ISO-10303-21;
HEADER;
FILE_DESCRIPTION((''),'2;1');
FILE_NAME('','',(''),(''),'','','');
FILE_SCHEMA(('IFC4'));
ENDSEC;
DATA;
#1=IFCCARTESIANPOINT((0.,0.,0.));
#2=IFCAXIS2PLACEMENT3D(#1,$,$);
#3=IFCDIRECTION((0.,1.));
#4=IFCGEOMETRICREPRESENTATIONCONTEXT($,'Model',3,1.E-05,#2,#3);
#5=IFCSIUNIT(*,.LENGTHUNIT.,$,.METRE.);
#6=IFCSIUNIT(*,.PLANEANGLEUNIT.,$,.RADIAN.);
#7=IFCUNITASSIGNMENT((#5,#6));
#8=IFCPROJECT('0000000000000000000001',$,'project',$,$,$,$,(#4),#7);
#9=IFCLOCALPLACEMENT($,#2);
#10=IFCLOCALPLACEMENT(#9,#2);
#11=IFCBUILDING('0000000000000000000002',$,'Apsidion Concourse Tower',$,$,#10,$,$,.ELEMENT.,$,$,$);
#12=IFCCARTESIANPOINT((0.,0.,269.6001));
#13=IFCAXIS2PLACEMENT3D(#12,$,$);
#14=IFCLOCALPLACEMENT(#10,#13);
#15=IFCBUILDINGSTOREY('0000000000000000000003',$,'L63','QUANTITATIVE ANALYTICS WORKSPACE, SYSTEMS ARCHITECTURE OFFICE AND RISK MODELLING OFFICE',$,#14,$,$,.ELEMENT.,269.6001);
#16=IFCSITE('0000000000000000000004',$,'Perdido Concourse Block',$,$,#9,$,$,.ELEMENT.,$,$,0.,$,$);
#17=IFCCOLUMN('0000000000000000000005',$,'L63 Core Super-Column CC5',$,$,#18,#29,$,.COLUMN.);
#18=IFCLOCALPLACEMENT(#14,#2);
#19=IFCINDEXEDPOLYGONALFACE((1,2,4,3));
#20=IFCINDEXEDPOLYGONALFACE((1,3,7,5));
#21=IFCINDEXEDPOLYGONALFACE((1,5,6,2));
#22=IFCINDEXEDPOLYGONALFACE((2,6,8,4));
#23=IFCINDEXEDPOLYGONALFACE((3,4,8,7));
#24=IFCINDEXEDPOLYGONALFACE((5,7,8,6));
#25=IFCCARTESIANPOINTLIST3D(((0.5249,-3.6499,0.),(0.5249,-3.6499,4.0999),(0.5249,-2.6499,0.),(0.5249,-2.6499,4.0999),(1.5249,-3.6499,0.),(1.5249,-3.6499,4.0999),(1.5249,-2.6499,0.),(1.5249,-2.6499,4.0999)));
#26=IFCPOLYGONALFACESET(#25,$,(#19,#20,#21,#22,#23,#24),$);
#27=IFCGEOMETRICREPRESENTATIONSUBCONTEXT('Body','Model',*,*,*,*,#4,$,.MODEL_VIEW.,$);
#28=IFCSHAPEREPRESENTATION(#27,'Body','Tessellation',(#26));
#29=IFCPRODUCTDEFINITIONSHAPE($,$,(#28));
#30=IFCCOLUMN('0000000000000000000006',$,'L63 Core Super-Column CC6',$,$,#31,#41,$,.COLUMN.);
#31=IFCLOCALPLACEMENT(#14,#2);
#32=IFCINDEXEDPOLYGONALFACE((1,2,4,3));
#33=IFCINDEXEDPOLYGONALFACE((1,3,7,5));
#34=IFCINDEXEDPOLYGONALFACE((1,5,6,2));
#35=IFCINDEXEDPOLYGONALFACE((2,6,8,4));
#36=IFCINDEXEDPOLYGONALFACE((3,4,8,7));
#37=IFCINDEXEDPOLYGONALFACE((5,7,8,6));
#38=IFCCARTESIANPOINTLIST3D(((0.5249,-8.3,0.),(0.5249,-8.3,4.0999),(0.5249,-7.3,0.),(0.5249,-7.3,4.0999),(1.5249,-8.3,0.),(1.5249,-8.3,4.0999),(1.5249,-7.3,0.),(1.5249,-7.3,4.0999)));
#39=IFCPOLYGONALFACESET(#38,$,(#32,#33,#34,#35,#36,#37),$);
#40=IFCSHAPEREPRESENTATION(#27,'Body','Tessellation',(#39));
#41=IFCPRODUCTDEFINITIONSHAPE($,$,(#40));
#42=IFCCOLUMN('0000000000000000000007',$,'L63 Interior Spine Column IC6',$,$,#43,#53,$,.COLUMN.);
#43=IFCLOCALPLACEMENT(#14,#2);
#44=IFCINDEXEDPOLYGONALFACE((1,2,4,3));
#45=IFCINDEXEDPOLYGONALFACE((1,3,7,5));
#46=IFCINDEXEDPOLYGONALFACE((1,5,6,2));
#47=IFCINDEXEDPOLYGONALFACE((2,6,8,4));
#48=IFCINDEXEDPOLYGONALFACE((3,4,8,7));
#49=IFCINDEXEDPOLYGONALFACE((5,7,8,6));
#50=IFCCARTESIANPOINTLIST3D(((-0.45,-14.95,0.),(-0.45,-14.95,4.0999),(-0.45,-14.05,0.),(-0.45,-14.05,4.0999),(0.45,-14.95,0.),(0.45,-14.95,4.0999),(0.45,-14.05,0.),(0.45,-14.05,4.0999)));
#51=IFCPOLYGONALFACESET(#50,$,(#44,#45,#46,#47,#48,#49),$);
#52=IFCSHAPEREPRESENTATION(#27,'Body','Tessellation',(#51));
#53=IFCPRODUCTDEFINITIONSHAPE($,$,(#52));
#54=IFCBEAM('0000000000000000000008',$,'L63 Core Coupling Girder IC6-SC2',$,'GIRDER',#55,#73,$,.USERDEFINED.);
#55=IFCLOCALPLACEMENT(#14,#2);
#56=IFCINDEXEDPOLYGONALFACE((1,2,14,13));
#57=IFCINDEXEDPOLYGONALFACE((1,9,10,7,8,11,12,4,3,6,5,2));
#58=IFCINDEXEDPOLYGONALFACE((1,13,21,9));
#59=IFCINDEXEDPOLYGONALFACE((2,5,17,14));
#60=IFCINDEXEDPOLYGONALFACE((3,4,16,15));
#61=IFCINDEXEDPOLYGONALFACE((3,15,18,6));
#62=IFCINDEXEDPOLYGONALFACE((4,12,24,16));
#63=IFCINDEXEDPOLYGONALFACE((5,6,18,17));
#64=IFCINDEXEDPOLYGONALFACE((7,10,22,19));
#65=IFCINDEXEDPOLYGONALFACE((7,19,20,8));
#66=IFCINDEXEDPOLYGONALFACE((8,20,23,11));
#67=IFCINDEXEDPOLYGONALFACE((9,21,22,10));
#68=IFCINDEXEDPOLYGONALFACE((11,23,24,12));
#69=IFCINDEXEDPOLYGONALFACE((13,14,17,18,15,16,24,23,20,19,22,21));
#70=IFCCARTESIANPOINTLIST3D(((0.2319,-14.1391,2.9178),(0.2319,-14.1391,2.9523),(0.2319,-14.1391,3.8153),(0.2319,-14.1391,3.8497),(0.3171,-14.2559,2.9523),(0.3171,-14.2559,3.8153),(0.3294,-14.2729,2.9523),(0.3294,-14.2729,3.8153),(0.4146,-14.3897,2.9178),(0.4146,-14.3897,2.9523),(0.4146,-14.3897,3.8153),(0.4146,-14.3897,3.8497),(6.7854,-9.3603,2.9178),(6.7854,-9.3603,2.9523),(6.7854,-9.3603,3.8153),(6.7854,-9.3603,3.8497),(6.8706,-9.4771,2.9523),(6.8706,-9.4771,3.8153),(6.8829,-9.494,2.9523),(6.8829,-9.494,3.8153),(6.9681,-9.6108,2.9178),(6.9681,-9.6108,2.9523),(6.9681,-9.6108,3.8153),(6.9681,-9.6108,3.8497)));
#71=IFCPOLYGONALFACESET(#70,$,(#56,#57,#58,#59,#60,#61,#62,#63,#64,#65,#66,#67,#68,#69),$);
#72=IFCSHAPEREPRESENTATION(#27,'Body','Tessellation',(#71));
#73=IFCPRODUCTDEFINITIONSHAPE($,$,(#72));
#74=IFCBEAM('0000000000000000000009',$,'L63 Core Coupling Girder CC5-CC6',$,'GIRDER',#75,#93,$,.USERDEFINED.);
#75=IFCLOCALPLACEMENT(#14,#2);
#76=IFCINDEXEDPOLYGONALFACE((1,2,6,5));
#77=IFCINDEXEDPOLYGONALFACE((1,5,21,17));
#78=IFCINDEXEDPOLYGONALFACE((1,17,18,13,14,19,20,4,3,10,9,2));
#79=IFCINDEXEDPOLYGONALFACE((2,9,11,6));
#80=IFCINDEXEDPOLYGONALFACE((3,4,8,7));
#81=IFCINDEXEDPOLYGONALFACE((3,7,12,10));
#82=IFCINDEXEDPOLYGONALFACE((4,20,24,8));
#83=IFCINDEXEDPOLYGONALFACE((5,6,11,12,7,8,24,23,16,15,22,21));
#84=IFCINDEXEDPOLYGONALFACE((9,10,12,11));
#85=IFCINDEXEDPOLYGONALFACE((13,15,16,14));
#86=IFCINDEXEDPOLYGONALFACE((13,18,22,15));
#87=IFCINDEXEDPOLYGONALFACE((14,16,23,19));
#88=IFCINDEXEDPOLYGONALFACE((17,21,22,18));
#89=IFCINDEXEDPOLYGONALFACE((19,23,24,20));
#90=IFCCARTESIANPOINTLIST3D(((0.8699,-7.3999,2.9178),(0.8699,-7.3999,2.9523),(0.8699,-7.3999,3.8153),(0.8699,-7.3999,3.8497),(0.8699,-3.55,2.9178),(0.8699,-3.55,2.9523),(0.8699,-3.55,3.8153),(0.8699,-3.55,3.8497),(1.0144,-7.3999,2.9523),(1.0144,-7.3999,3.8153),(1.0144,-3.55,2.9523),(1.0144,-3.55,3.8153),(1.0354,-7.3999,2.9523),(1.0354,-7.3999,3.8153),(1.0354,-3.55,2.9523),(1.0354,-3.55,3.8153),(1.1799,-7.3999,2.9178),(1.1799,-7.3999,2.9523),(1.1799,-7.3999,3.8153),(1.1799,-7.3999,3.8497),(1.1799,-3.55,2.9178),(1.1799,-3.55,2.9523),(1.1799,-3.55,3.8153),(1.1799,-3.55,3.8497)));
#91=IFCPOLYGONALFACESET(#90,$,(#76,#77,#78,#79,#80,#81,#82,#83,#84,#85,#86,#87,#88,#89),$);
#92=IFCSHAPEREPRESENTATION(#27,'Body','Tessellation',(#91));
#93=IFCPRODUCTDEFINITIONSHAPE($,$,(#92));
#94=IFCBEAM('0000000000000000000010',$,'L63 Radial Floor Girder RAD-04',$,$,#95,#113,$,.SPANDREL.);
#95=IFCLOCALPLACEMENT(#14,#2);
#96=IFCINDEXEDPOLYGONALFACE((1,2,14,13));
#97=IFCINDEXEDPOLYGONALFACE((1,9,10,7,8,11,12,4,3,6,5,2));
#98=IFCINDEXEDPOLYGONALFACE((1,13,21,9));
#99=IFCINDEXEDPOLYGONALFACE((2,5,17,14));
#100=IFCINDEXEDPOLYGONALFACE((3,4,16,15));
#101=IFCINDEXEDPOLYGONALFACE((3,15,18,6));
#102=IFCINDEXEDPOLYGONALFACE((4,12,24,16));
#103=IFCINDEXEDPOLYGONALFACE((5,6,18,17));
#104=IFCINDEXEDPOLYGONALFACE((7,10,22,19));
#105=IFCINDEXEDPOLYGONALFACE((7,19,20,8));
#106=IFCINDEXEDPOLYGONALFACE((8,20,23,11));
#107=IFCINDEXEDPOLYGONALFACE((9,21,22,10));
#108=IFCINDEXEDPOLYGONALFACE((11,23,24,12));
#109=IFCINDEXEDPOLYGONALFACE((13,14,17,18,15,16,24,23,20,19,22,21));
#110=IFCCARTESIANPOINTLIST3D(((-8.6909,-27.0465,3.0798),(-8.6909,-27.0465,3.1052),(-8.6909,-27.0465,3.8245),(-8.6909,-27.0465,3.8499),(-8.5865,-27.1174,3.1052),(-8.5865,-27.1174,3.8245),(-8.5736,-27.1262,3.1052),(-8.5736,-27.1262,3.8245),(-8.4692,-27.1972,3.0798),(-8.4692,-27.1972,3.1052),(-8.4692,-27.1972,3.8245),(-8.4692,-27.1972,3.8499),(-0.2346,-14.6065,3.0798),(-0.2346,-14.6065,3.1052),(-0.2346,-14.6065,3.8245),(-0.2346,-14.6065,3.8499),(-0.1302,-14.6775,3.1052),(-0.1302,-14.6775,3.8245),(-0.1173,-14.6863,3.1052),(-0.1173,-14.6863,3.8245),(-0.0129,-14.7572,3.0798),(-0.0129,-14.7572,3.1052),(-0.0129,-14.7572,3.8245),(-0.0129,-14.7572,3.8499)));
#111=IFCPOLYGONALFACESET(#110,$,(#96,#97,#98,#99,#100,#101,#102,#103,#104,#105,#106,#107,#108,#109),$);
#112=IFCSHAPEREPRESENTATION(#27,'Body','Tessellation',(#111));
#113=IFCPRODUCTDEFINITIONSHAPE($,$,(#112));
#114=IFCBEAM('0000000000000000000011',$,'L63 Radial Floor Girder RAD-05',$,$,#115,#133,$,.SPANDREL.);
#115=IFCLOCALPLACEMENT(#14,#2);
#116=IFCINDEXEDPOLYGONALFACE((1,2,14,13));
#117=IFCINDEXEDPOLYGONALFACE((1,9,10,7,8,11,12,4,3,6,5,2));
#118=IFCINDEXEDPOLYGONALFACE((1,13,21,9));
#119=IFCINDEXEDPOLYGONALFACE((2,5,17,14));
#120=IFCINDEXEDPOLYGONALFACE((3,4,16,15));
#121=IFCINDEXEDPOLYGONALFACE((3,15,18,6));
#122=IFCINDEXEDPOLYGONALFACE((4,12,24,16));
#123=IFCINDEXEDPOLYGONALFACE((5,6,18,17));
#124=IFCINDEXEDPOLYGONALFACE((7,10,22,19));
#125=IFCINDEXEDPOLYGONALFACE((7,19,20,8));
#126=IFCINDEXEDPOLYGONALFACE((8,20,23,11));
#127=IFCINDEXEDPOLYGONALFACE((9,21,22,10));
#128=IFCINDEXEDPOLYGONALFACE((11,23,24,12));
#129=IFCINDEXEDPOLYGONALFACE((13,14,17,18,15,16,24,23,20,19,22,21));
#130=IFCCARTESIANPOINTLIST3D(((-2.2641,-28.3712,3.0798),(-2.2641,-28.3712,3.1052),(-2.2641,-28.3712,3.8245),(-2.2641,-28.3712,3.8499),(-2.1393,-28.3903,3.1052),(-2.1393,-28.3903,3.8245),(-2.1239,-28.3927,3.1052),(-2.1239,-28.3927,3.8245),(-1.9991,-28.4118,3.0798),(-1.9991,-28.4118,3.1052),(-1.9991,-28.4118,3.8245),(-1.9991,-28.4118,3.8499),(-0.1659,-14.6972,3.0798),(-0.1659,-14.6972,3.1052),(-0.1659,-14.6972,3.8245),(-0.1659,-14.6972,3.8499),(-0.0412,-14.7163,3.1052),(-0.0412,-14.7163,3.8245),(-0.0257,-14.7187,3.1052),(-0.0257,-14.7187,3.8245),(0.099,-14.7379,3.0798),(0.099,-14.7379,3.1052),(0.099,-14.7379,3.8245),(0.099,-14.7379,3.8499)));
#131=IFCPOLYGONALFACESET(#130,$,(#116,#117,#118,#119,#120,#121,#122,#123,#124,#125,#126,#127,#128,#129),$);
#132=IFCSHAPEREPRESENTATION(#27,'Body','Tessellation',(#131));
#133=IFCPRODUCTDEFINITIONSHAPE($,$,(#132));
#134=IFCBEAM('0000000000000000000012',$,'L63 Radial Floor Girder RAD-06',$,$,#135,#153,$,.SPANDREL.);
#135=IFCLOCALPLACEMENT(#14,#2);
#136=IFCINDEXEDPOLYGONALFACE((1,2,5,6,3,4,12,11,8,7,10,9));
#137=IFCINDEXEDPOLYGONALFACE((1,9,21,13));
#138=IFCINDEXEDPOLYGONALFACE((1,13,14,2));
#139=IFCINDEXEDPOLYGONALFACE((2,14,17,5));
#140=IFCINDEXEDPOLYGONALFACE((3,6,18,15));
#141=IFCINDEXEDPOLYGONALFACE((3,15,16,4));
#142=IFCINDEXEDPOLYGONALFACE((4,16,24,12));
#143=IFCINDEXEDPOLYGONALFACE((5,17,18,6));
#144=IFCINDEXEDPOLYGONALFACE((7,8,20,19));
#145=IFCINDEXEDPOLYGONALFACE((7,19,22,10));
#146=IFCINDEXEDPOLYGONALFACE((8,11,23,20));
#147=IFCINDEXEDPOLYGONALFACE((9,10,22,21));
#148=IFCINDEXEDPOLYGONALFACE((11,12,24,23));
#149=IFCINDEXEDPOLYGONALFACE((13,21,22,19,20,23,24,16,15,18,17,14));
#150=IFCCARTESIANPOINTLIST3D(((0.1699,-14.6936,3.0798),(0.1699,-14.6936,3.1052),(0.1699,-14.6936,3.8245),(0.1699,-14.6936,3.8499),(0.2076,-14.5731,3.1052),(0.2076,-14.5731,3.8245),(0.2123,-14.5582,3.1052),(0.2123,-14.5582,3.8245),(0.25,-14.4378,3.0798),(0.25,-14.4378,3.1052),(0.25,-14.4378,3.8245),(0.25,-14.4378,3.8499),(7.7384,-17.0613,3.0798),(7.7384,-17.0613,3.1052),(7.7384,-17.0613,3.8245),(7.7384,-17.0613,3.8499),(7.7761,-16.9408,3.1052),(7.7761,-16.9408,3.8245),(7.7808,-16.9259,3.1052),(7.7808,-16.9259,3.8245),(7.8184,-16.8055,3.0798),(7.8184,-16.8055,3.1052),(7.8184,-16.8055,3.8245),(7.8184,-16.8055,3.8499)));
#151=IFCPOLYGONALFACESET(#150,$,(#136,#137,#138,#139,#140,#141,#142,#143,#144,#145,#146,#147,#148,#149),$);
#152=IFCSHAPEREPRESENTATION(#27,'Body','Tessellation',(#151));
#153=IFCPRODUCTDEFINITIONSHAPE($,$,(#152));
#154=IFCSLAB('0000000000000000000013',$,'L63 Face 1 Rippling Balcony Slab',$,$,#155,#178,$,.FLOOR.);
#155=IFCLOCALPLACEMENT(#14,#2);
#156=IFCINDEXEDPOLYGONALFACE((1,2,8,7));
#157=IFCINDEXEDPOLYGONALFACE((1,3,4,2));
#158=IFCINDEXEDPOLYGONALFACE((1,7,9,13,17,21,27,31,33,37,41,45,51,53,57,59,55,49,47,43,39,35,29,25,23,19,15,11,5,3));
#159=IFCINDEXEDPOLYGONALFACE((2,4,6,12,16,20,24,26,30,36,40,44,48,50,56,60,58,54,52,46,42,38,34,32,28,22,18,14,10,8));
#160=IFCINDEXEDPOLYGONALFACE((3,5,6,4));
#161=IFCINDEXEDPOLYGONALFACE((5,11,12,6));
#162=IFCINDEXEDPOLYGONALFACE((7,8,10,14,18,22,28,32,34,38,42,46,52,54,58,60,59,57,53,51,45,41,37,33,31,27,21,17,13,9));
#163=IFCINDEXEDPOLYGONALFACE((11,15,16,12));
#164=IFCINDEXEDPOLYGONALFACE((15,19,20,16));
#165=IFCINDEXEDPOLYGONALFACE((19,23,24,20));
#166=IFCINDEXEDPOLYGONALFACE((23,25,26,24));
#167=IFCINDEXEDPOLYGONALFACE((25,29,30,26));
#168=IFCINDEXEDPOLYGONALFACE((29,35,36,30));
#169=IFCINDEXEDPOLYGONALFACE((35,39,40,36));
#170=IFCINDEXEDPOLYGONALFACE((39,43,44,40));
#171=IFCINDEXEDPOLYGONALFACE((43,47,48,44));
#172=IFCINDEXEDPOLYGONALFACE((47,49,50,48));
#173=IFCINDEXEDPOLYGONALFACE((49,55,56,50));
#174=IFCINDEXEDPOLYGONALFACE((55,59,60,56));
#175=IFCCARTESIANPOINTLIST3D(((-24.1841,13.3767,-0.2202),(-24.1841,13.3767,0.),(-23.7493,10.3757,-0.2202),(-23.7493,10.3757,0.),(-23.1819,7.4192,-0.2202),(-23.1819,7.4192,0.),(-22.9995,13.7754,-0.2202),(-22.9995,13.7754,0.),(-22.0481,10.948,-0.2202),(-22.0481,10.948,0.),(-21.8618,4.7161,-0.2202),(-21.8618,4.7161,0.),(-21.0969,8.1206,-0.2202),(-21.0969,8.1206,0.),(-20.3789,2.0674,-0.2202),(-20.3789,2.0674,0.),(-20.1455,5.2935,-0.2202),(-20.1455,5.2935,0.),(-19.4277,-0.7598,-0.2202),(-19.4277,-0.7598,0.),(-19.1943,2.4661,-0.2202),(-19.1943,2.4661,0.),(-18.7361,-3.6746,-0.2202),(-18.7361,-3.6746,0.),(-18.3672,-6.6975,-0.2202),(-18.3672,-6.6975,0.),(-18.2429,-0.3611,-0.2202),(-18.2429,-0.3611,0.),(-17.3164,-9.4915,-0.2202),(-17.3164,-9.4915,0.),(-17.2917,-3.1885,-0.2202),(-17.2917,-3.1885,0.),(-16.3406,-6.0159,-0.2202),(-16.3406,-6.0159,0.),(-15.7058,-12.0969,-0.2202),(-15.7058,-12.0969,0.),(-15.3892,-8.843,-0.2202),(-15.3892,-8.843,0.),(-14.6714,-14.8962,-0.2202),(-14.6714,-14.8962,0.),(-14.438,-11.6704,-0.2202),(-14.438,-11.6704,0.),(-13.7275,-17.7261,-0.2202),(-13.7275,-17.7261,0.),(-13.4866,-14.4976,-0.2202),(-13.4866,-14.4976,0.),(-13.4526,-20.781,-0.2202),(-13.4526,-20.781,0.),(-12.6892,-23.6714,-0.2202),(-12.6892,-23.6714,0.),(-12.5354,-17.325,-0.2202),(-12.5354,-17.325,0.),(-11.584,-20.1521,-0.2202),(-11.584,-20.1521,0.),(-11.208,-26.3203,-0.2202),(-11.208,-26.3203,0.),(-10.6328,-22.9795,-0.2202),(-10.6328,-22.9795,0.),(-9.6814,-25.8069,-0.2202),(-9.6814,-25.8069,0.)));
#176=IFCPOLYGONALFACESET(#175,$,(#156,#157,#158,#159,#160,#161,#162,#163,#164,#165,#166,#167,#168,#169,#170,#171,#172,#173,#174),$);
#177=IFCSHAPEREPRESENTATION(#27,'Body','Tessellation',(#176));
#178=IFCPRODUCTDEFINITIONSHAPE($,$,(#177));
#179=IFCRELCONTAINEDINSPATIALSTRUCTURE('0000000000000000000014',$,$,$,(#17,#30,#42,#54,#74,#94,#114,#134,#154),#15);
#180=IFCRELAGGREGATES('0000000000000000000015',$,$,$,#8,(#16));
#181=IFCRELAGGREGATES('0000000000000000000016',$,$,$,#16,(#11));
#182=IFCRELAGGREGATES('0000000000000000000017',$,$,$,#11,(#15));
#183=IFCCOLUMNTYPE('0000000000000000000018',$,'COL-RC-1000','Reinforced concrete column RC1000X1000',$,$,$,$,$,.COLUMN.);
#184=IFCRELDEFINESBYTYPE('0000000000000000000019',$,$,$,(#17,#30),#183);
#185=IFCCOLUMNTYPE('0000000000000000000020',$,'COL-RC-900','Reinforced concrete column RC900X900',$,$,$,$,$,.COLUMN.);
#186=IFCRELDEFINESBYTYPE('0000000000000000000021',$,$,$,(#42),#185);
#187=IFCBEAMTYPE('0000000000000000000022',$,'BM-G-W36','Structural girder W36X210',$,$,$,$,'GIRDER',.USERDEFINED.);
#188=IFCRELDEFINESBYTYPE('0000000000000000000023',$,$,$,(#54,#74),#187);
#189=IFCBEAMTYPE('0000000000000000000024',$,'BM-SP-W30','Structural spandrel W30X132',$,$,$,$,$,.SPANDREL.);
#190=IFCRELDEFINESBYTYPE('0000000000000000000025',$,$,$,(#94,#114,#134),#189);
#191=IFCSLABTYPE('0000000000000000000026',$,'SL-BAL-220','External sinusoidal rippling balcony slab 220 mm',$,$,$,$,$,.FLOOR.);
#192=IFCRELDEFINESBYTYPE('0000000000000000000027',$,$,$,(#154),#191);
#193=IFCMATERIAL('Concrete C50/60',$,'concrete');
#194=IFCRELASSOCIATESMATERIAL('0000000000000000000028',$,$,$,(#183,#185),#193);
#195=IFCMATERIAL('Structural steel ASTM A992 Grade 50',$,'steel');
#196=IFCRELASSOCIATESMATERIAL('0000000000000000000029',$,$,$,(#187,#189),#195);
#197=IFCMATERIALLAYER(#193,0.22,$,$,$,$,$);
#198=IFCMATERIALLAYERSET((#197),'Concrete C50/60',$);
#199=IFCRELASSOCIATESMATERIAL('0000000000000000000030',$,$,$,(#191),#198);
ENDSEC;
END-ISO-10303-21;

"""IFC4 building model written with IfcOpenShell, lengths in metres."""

from ifc_helpers import new_model, si_unit, direction, frame, origin, origin_2d, place, context, subcontext, project, spatial, polyline, rectangle, i_section, outline, extrude, material, layer, layer_set, material_profile, profile_set, type_object, element, save


model = new_model("IFC4")

# Units and contexts
model_context = context("Model", 3, precision=1e-05, world=origin(), true_north=direction((0.0, 1.0)))
body_context = subcontext(model_context, "Body", "Model", "MODEL_VIEW")
ifc_project = project(units=[si_unit("LENGTHUNIT", "METRE"), si_unit("PLANEANGLEUNIT", "RADIAN")], contexts=[model_context])

# Site, building, storey
site_placement = place(None, origin())
site = spatial("IfcSite", under=ifc_project, at=site_placement, Name="Perdido Concourse Block", CompositionType="ELEMENT", RefElevation=0.0)
building_placement = place(site_placement, origin())
building = spatial("IfcBuilding", under=site, at=building_placement, Name="Apsidion Concourse Tower", CompositionType="ELEMENT")
storey_placement = place(building_placement, frame((0.0, 0.0, 269.6001)))
storey = spatial("IfcBuildingStorey", under=building, at=storey_placement, Name="L63", Description="QUANTITATIVE ANALYTICS WORKSPACE, SYSTEMS ARCHITECTURE OFFICE AND RISK MODELLING OFFICE", CompositionType="ELEMENT", Elevation=269.6001)

# Columns
ifc_material_1 = material(Name="Concrete C50/60", Category="concrete")
ifc_material_profile_1 = material_profile(ifc_material_1, rectangle(XDim=1.0, YDim=1.0, at=origin_2d()), Name="RC 1000x1000")
ifc_profile_set_1 = profile_set([ifc_material_profile_1], Name="Concrete C50/60")
column_type_1 = type_object("IfcColumnType", Name="COL-RC-1000", Description="Reinforced concrete column RC1000X1000", PredefinedType="COLUMN", material=ifc_profile_set_1)
for number, where, z_axis, x_axis, name in (
    (1, (1.0249, -3.1499, 0.0), (0.0, 0.0, 1.0), (1.0, 0.0, 0.0), "L63 Core Super-Column CC5"),
    (2, (1.0249, -7.8, 0.0), (0.0, 0.0, 1.0), (1.0, 0.0, 0.0), "L63 Core Super-Column CC6"),
):
    element("IfcColumn", number, at=place(storey_placement, frame(where, z_axis=z_axis, x_axis=x_axis)), inside=storey, type_object=column_type_1, Name=name, PredefinedType="COLUMN", context=body_context, shape_type="SweptSolid", body=[
        extrude(rectangle(XDim=1.0, YDim=1.0, at=origin_2d()), origin(), (0.0, 0.0, 1.0), 4.0999),
    ])
ifc_material_profile_2 = material_profile(ifc_material_1, rectangle(XDim=0.8999, YDim=0.8999, at=origin_2d()), Name="RC 900x900")
ifc_profile_set_2 = profile_set([ifc_material_profile_2], Name="Concrete C50/60")
column_type_2 = type_object("IfcColumnType", Name="COL-RC-900", Description="Reinforced concrete column RC900X900", PredefinedType="COLUMN", material=ifc_profile_set_2)
column_placement = place(storey_placement, frame((0.0, -14.5, 0.0), z_axis=(0.0, 0.0, 1.0), x_axis=(1.0, 0.0, 0.0)))
element("IfcColumn", 3, at=column_placement, inside=storey, type_object=column_type_2, Name="L63 Interior Spine Column IC6", PredefinedType="COLUMN", context=body_context, shape_type="SweptSolid", body=[
    extrude(rectangle(XDim=0.8999, YDim=0.8999, at=origin_2d()), origin(), (0.0, 0.0, 1.0), 4.0999),
])

# Beams
ifc_material_2 = material(Name="Structural steel ASTM A992 Grade 50", Category="steel")
ifc_material_profile_3 = material_profile(ifc_material_2, i_section(OverallWidth=0.3101, OverallDepth=0.9319, WebThickness=0.021, FlangeThickness=0.0344, at=origin_2d()), Name="W36X210")
ifc_profile_set_3 = profile_set([ifc_material_profile_3], Name="Structural steel ASTM A992 Grade 50")
beam_type_1 = type_object("IfcBeamType", Name="BM-G-W36", Description="Structural girder W36X210", ElementType="GIRDER", PredefinedType="USERDEFINED", material=ifc_profile_set_3)
beam_1_placement = place(storey_placement, frame((0.3232, -14.2644, 3.3838), z_axis=(0.807993, 0.589191, 0.0), x_axis=(-0.589191, 0.807993, 0.0)))
element("IfcBeam", 4, at=beam_1_placement, inside=storey, type_object=beam_type_1, Name="L63 Core Coupling Girder IC6-SC2", ObjectType="GIRDER", PredefinedType="USERDEFINED", context=body_context, shape_type="SweptSolid", body=[
    extrude(i_section(OverallWidth=0.3101, OverallDepth=0.9319, WebThickness=0.021, FlangeThickness=0.0344, at=origin_2d()), origin(), (0.0, 0.0, 1.0), 8.1108),
])
beam_2_placement = place(storey_placement, frame((1.0249, -3.55, 3.3838), z_axis=(0.0, -1.0, 0.0), x_axis=(1.0, 0.0, 0.0)))
element("IfcBeam", 5, at=beam_2_placement, inside=storey, type_object=beam_type_1, Name="L63 Core Coupling Girder CC5-CC6", ObjectType="GIRDER", PredefinedType="USERDEFINED", context=body_context, shape_type="SweptSolid", body=[
    extrude(i_section(OverallWidth=0.3101, OverallDepth=0.9319, WebThickness=0.021, FlangeThickness=0.0344, at=origin_2d()), origin(), (0.0, 0.0, 1.0), 3.8499),
])
ifc_material_profile_4 = material_profile(ifc_material_2, i_section(OverallWidth=0.2681, OverallDepth=0.77, WebThickness=0.0156, FlangeThickness=0.0254, at=origin_2d()), Name="W30X132")
ifc_profile_set_4 = profile_set([ifc_material_profile_4], Name="Structural steel ASTM A992 Grade 50")
beam_type_2 = type_object("IfcBeamType", Name="BM-SP-W30", Description="Structural spandrel W30X132", PredefinedType="SPANDREL", material=ifc_profile_set_4)
beam_3_placement = place(storey_placement, frame((-0.1238, -14.6819, 3.4648), z_axis=(-0.56218, -0.827015, 0.0), x_axis=(0.827015, -0.56218, 0.0)))
element("IfcBeam", 6, at=beam_3_placement, inside=storey, type_object=beam_type_2, Name="L63 Radial Floor Girder RAD-04", PredefinedType="SPANDREL", context=body_context, shape_type="SweptSolid", body=[
    extrude(i_section(OverallWidth=0.2681, OverallDepth=0.77, WebThickness=0.0156, FlangeThickness=0.0254, at=origin_2d()), origin(), (0.0, 0.0, 1.0), 15.042),
])
beam_4_placement = place(storey_placement, frame((-0.0334, -14.7175, 3.4648), z_axis=(-0.151665, -0.988432, 0.0), x_axis=(0.988432, -0.151665, 0.0)))
element("IfcBeam", 7, at=beam_4_placement, inside=storey, type_object=beam_type_2, Name="L63 Radial Floor Girder RAD-05", PredefinedType="SPANDREL", context=body_context, shape_type="SweptSolid", body=[
    extrude(i_section(OverallWidth=0.2681, OverallDepth=0.77, WebThickness=0.0156, FlangeThickness=0.0254, at=origin_2d()), origin(), (0.0, 0.0, 1.0), 13.834),
])
beam_5_placement = place(storey_placement, frame((0.21, -14.5657, 3.4648), z_axis=(0.954388, -0.298569, 0.0), x_axis=(0.298569, 0.954388, 0.0)))
element("IfcBeam", 8, at=beam_5_placement, inside=storey, type_object=beam_type_2, Name="L63 Radial Floor Girder RAD-06", PredefinedType="SPANDREL", context=body_context, shape_type="SweptSolid", body=[
    extrude(i_section(OverallWidth=0.2681, OverallDepth=0.77, WebThickness=0.0156, FlangeThickness=0.0254, at=origin_2d()), origin(), (0.0, 0.0, 1.0), 7.9302),
])

# Slab
ifc_layer_1 = layer(ifc_material_1, 0.22)
ifc_layer_set_1 = layer_set([ifc_layer_1], Name="Concrete C50/60")
slab_type_1 = type_object("IfcSlabType", Name="SL-BAL-220", Description="External sinusoidal rippling balcony slab 220 mm", PredefinedType="FLOOR", material=ifc_layer_set_1)
slab_1_placement = place(storey_placement, frame((0.0, 0.0, -0.2202)))
element("IfcSlab", 9, at=slab_1_placement, inside=storey, type_object=slab_type_1, Name="L63 Face 1 Rippling Balcony Slab", PredefinedType="FLOOR", context=body_context, shape_type="SweptSolid", body=[
    extrude(outline(polyline([(-22.9995, 13.7754), (-22.0481, 10.948), (-21.0969, 8.1206), (-20.1455, 5.2935), (-19.1943, 2.4661), (-18.2429, -0.3611), (-17.2917, -3.1885), (-16.3406, -6.0159), (-15.3892, -8.843), (-14.438, -11.6704), (-13.4866, -14.4976), (-12.5354, -17.325), (-11.584, -20.1521), (-10.6328, -22.9795), (-9.6814, -25.8069), (-11.208, -26.3203), (-12.6892, -23.6714), (-13.4526, -20.781), (-13.7275, -17.7261), (-14.6714, -14.8962), (-15.7058, -12.0969), (-17.3164, -9.4915), (-18.3672, -6.6975), (-18.7361, -3.6746), (-19.4277, -0.7598), (-20.3789, 2.0674), (-21.8618, 4.7161), (-23.1819, 7.4192), (-23.7493, 10.3757), (-24.1841, 13.3767), (-22.9995, 13.7754)])), origin(), (0.0, 0.0, 1.0), 0.2202),
])

save(model, "model.ifc")
